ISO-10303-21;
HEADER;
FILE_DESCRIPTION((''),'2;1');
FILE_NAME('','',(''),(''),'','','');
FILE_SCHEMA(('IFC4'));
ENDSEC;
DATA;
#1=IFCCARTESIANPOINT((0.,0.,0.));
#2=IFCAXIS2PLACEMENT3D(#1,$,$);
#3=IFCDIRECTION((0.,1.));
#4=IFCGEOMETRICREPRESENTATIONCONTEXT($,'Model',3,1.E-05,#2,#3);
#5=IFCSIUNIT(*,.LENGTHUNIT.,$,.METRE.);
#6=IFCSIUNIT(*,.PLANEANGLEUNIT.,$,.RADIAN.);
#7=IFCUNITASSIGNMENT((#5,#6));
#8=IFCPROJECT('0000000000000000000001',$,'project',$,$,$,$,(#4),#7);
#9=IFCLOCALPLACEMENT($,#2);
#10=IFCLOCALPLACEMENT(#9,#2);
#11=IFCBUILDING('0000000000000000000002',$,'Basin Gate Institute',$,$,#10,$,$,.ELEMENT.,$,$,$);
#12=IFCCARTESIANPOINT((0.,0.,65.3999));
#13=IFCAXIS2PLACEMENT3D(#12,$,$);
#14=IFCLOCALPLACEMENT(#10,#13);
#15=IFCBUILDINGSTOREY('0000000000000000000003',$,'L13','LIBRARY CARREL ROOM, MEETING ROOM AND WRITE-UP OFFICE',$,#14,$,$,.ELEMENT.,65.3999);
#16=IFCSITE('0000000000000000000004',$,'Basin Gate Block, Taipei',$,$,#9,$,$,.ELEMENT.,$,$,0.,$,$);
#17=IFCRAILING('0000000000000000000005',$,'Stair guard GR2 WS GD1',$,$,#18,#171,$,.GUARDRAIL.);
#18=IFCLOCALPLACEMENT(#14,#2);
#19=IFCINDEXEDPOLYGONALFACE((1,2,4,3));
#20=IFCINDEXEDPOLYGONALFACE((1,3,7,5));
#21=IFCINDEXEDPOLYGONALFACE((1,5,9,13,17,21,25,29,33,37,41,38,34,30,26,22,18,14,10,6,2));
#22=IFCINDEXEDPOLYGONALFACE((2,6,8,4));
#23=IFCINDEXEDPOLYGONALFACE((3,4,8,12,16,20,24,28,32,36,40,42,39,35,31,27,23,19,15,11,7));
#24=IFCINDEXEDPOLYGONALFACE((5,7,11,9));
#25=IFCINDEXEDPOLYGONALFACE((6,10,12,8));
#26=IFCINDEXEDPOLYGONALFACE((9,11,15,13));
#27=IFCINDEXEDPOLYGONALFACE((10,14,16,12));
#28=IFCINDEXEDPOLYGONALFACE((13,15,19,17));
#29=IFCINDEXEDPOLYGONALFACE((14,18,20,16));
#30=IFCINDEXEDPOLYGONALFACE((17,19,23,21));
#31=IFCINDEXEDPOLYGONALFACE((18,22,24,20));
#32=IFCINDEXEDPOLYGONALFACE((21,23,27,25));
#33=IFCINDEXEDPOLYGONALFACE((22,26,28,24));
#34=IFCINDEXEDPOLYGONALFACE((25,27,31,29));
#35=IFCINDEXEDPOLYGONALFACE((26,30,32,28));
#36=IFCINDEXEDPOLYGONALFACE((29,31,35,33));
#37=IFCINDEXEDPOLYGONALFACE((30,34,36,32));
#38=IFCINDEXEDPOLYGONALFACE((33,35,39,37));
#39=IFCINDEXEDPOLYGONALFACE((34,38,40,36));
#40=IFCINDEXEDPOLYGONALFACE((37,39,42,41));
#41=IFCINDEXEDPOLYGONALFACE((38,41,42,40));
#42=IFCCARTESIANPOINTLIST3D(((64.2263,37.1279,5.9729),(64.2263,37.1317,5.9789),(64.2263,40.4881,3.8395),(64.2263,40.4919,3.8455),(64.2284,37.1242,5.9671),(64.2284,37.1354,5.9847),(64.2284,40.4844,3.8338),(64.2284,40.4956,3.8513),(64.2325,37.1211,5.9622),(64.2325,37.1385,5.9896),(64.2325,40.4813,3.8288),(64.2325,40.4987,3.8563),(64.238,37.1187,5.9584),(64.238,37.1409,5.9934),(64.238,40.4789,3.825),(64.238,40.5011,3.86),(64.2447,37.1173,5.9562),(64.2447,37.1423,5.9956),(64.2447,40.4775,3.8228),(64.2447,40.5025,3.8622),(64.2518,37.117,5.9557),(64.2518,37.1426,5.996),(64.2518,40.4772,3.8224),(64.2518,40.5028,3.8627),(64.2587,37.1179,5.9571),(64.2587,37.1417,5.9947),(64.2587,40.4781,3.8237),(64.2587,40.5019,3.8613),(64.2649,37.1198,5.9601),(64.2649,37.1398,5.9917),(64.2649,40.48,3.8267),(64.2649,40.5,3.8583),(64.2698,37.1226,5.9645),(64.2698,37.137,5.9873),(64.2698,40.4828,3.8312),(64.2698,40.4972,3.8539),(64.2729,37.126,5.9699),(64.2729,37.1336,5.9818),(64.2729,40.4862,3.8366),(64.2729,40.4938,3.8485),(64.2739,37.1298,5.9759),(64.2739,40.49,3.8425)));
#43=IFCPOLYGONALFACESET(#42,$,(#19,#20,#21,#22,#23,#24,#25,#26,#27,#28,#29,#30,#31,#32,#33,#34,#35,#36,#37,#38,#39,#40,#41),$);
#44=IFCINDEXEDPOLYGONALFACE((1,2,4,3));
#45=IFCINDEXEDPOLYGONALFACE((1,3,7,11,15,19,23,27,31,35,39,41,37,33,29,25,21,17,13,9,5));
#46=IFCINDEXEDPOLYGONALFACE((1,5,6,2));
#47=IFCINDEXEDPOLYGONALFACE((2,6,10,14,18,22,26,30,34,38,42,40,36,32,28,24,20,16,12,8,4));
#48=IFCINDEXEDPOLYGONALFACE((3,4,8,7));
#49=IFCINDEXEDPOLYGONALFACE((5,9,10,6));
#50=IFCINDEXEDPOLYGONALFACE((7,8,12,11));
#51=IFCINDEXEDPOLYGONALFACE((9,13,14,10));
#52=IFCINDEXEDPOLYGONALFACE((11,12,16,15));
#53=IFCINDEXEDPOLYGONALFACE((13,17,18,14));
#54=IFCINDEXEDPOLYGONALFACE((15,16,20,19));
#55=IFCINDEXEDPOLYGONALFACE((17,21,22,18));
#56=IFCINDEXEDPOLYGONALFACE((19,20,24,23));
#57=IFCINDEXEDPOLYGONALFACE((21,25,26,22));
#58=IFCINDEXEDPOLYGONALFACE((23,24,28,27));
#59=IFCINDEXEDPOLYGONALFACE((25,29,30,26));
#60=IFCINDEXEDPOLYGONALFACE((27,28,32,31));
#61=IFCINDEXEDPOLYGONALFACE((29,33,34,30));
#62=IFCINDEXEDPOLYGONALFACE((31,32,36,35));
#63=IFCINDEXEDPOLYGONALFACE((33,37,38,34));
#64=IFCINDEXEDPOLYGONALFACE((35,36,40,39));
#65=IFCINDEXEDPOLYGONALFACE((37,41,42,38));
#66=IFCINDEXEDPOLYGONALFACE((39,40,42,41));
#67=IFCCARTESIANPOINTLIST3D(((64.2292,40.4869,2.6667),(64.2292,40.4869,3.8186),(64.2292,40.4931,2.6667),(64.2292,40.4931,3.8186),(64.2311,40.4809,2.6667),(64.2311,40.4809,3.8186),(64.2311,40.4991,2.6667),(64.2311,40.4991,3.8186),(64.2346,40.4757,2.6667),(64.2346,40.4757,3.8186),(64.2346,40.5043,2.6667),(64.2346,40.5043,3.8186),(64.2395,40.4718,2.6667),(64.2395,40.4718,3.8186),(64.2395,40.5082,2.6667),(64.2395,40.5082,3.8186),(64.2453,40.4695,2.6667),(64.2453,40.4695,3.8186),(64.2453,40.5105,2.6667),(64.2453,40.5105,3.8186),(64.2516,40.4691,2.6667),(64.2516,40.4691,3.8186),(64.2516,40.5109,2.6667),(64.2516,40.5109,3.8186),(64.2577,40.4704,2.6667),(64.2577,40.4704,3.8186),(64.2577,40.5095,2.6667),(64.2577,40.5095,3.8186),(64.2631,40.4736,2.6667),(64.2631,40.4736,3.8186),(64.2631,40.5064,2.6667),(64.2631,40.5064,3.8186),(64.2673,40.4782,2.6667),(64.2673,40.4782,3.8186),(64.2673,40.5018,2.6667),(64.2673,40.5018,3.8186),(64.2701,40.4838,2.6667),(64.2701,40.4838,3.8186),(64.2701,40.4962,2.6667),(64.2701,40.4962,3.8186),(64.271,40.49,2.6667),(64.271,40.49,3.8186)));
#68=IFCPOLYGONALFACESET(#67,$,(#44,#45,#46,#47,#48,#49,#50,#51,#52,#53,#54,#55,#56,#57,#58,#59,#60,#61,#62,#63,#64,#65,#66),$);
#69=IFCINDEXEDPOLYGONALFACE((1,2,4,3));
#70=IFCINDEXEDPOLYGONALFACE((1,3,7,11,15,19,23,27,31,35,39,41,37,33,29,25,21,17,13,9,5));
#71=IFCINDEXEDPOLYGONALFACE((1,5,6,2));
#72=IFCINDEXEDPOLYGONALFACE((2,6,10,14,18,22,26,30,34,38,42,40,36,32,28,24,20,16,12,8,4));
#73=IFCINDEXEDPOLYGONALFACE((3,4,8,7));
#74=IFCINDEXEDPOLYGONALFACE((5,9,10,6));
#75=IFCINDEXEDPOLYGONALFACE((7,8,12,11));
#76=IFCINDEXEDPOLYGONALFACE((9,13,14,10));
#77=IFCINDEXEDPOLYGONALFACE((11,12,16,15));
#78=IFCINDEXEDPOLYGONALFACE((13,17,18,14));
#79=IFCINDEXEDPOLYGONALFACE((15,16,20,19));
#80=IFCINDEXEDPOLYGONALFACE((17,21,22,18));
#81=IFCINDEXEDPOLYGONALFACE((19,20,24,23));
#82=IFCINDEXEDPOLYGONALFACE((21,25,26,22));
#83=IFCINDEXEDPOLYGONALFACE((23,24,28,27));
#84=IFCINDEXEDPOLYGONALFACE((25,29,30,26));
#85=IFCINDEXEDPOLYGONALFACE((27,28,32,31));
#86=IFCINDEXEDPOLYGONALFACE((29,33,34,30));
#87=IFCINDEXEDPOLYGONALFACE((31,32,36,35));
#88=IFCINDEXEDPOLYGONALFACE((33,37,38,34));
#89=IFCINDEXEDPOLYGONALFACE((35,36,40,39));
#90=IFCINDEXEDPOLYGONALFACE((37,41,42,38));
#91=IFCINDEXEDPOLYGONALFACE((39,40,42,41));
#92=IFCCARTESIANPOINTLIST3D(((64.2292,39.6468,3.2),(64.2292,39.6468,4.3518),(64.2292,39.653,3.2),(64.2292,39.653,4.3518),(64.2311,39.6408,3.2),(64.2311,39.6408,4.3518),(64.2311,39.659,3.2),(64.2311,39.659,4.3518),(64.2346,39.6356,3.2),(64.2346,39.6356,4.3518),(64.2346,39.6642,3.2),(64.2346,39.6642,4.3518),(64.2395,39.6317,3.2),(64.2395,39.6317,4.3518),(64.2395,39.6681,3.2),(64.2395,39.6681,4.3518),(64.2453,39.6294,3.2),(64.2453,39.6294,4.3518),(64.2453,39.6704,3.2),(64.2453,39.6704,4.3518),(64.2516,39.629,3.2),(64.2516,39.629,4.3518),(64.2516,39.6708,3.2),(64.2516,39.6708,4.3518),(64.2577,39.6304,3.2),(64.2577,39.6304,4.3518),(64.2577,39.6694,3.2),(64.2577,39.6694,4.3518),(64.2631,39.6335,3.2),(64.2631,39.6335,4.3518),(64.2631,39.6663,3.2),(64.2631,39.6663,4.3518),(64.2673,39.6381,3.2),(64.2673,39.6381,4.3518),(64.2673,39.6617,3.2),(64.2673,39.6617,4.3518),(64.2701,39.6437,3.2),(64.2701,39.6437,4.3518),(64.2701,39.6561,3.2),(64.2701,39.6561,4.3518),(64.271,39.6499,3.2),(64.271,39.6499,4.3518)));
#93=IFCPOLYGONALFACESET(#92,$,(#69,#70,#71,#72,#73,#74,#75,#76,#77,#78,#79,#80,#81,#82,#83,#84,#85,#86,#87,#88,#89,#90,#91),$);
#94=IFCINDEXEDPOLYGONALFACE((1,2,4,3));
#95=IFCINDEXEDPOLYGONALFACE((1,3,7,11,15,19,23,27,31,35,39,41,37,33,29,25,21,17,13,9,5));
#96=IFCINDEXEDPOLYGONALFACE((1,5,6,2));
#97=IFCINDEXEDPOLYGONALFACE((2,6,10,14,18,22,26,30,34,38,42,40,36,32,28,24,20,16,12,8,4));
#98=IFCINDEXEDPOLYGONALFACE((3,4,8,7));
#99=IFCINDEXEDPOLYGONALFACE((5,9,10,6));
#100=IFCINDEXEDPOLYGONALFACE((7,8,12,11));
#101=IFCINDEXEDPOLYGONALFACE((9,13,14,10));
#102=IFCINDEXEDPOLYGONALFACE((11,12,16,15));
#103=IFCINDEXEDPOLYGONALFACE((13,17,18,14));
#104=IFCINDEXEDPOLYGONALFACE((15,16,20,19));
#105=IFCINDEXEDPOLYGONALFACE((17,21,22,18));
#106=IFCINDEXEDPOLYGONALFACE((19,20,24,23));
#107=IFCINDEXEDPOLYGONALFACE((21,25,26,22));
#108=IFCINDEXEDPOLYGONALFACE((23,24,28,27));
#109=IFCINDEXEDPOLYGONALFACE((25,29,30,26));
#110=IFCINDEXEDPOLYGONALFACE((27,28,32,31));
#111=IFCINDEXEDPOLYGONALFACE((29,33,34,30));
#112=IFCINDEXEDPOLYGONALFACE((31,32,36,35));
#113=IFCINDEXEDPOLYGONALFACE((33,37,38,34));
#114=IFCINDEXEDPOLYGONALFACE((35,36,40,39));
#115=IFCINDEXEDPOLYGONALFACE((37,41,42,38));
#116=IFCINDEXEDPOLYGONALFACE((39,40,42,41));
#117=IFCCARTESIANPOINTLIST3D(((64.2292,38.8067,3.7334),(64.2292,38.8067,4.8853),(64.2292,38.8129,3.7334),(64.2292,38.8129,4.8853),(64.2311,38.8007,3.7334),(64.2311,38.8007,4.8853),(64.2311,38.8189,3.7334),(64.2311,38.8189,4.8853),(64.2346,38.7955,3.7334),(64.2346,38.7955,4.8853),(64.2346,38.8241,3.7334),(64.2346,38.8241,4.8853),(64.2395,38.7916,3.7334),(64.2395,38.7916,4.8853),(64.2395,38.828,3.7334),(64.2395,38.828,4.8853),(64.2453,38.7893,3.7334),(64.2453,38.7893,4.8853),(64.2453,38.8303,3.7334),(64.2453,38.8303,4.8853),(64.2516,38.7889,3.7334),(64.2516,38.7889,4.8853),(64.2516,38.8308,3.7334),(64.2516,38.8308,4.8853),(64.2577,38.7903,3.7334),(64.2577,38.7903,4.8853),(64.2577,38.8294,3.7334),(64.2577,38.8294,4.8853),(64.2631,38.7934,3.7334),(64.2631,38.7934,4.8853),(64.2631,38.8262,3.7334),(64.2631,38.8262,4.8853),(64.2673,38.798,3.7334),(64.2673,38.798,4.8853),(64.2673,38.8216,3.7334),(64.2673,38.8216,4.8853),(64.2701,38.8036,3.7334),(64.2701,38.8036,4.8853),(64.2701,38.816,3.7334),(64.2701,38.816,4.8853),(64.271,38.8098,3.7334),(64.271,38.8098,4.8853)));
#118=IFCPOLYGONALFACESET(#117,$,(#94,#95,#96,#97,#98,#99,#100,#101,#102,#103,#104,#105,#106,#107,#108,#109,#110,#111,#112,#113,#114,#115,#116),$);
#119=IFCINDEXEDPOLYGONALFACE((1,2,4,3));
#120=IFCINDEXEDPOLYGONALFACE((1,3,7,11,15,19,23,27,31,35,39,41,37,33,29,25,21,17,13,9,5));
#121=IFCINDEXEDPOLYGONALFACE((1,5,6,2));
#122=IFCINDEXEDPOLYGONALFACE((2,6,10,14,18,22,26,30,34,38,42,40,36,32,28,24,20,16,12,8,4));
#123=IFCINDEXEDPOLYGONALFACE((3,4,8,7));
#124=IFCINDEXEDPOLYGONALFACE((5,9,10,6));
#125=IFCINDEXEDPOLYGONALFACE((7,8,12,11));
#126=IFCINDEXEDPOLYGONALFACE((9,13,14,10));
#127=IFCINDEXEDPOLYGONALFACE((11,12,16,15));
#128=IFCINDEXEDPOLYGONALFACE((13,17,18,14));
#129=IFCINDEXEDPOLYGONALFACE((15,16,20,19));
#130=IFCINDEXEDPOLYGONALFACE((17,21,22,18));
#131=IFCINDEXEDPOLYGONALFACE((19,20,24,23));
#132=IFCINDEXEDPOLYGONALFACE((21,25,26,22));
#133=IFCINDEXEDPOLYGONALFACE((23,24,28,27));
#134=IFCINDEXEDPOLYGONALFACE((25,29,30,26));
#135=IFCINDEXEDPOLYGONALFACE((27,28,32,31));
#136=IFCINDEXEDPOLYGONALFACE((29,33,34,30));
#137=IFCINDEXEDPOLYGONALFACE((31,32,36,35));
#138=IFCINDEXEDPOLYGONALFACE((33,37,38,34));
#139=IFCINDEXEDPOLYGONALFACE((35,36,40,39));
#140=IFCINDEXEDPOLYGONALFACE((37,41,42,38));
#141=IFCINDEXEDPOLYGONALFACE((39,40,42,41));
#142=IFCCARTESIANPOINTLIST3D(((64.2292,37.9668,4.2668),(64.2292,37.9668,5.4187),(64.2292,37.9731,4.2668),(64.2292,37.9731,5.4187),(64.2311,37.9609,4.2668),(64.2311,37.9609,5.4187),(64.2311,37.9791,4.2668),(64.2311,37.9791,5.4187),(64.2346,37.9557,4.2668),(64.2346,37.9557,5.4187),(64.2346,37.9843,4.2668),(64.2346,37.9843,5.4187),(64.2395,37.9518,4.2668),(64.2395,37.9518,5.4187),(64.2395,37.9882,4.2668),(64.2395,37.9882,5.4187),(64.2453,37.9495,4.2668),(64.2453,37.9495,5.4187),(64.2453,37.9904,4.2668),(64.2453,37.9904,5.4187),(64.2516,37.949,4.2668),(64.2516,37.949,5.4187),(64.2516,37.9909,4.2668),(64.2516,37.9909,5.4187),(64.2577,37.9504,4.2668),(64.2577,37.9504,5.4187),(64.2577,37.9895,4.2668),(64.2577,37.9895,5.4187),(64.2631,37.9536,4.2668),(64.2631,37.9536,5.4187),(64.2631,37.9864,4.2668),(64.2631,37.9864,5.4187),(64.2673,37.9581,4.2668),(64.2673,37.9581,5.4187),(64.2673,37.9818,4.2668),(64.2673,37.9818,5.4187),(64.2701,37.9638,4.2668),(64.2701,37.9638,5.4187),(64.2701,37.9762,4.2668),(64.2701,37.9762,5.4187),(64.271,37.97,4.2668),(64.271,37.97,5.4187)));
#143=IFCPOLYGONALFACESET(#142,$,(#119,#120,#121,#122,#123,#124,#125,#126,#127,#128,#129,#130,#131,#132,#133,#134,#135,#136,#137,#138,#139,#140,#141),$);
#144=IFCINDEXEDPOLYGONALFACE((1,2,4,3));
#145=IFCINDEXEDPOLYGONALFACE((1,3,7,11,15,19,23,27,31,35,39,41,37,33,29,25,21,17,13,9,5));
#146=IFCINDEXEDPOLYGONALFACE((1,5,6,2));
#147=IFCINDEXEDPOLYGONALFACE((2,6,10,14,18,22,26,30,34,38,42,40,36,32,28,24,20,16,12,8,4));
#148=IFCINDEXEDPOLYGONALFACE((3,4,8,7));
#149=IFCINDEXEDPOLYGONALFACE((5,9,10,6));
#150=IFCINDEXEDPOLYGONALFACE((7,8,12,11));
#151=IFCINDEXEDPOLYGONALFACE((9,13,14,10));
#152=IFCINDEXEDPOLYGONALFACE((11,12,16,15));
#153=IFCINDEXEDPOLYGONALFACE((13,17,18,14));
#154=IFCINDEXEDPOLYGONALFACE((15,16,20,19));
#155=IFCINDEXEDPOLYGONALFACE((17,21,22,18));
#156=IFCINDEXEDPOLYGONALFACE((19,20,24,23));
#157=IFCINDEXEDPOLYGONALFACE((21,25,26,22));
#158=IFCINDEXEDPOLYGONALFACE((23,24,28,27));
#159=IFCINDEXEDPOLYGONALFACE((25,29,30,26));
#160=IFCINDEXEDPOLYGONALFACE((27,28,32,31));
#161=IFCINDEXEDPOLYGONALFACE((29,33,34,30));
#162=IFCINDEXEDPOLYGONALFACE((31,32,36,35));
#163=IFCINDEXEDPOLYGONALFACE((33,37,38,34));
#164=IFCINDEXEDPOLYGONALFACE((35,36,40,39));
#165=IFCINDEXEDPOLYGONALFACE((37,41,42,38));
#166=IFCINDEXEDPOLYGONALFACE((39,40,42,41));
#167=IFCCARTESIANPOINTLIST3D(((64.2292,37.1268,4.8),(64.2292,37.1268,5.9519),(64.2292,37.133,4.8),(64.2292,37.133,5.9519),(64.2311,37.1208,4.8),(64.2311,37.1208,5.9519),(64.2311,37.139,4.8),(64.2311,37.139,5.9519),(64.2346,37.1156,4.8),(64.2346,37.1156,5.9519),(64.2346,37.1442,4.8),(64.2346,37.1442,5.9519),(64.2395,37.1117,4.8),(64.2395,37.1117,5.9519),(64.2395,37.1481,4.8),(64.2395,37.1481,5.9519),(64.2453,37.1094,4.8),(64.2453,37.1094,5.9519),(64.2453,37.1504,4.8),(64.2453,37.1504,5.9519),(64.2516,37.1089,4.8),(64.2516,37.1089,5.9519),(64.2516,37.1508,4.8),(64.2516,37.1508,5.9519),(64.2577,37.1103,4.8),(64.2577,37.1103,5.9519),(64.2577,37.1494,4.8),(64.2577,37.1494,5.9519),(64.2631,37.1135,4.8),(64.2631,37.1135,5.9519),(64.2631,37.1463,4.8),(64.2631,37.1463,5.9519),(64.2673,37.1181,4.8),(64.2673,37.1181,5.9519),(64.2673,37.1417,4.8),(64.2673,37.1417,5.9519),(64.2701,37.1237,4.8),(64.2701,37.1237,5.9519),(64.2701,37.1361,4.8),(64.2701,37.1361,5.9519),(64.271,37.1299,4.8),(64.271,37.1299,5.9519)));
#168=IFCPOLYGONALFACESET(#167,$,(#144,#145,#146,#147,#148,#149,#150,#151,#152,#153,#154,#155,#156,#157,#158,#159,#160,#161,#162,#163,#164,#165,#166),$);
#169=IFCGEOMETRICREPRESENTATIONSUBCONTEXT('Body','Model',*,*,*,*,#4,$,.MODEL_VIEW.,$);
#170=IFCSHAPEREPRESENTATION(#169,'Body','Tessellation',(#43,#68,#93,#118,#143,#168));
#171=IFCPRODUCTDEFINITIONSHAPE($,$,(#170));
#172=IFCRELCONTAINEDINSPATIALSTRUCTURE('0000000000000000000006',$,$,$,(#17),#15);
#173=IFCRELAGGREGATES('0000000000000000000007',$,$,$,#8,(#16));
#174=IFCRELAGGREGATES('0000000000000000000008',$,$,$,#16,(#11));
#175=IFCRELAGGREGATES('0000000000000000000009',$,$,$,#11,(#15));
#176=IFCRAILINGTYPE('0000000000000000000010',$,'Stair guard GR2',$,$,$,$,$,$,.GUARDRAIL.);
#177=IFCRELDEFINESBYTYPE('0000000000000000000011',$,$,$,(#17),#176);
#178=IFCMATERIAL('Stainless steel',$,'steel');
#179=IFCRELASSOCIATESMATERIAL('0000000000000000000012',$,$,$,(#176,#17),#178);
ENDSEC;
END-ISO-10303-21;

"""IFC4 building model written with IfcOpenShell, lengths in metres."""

from ifc_helpers import new_model, si_unit, direction, frame, origin, origin_2d, place, context, subcontext, project, spatial, circle, extrude, material, type_object, element, save


model = new_model("IFC4")

# Units and contexts
model_context = context("Model", 3, precision=1e-05, world=origin(), true_north=direction((0.0, 1.0)))
body_context = subcontext(model_context, "Body", "Model", "MODEL_VIEW")
ifc_project = project(units=[si_unit("LENGTHUNIT", "METRE"), si_unit("PLANEANGLEUNIT", "RADIAN")], contexts=[model_context])

# Site, building, storey
site_placement = place(None, origin())
site = spatial("IfcSite", under=ifc_project, at=site_placement, Name="Basin Gate Block, Taipei", CompositionType="ELEMENT", RefElevation=0.0)
building_placement = place(site_placement, origin())
building = spatial("IfcBuilding", under=site, at=building_placement, Name="Basin Gate Institute", CompositionType="ELEMENT")
storey_placement = place(building_placement, frame((0.0, 0.0, 65.3999)))
storey = spatial("IfcBuildingStorey", under=building, at=storey_placement, Name="L13", Description="LIBRARY CARREL ROOM, MEETING ROOM AND WRITE-UP OFFICE", CompositionType="ELEMENT", Elevation=65.3999)

# Railing
ifc_material_1 = material(Name="Stainless steel", Category="steel")
railing_type_1 = type_object("IfcRailingType", Name="Stair guard GR2", PredefinedType="GUARDRAIL", material=ifc_material_1)
railing_1_placement = place(storey_placement, frame((64.25, 40.49, 2.6667)))
element("IfcRailing", 1, at=railing_1_placement, inside=storey, type_object=railing_type_1, material=ifc_material_1, Name="Stair guard GR2 WS GD1", PredefinedType="GUARDRAIL", context=body_context, shape_type="SweptSolid", body=[
    extrude(circle(Radius=0.0239, at=origin_2d()), frame((0.0, 0.0, 1.1758), z_axis=(0.0, -0.844224, 0.53599), x_axis=(1.0, 0.0, 0.0)), (0.0, 0.0, 1.0), 3.9802),
    extrude(circle(Radius=0.021, at=origin_2d()), origin(), (0.0, 0.0, 1.0), 1.1519),
    extrude(circle(Radius=0.021, at=origin_2d()), frame((0.0, -0.8401, 0.5332)), (0.0, 0.0, 1.0), 1.1519),
    extrude(circle(Radius=0.021, at=origin_2d()), frame((0.0, -1.6802, 1.0667)), (0.0, 0.0, 1.0), 1.1519),
    extrude(circle(Radius=0.021, at=origin_2d()), frame((0.0, -2.52, 1.6001)), (0.0, 0.0, 1.0), 1.1519),
    extrude(circle(Radius=0.021, at=origin_2d()), frame((0.0, -3.3601, 2.1333)), (0.0, 0.0, 1.0), 1.1519),
])

save(model, "model.ifc")
